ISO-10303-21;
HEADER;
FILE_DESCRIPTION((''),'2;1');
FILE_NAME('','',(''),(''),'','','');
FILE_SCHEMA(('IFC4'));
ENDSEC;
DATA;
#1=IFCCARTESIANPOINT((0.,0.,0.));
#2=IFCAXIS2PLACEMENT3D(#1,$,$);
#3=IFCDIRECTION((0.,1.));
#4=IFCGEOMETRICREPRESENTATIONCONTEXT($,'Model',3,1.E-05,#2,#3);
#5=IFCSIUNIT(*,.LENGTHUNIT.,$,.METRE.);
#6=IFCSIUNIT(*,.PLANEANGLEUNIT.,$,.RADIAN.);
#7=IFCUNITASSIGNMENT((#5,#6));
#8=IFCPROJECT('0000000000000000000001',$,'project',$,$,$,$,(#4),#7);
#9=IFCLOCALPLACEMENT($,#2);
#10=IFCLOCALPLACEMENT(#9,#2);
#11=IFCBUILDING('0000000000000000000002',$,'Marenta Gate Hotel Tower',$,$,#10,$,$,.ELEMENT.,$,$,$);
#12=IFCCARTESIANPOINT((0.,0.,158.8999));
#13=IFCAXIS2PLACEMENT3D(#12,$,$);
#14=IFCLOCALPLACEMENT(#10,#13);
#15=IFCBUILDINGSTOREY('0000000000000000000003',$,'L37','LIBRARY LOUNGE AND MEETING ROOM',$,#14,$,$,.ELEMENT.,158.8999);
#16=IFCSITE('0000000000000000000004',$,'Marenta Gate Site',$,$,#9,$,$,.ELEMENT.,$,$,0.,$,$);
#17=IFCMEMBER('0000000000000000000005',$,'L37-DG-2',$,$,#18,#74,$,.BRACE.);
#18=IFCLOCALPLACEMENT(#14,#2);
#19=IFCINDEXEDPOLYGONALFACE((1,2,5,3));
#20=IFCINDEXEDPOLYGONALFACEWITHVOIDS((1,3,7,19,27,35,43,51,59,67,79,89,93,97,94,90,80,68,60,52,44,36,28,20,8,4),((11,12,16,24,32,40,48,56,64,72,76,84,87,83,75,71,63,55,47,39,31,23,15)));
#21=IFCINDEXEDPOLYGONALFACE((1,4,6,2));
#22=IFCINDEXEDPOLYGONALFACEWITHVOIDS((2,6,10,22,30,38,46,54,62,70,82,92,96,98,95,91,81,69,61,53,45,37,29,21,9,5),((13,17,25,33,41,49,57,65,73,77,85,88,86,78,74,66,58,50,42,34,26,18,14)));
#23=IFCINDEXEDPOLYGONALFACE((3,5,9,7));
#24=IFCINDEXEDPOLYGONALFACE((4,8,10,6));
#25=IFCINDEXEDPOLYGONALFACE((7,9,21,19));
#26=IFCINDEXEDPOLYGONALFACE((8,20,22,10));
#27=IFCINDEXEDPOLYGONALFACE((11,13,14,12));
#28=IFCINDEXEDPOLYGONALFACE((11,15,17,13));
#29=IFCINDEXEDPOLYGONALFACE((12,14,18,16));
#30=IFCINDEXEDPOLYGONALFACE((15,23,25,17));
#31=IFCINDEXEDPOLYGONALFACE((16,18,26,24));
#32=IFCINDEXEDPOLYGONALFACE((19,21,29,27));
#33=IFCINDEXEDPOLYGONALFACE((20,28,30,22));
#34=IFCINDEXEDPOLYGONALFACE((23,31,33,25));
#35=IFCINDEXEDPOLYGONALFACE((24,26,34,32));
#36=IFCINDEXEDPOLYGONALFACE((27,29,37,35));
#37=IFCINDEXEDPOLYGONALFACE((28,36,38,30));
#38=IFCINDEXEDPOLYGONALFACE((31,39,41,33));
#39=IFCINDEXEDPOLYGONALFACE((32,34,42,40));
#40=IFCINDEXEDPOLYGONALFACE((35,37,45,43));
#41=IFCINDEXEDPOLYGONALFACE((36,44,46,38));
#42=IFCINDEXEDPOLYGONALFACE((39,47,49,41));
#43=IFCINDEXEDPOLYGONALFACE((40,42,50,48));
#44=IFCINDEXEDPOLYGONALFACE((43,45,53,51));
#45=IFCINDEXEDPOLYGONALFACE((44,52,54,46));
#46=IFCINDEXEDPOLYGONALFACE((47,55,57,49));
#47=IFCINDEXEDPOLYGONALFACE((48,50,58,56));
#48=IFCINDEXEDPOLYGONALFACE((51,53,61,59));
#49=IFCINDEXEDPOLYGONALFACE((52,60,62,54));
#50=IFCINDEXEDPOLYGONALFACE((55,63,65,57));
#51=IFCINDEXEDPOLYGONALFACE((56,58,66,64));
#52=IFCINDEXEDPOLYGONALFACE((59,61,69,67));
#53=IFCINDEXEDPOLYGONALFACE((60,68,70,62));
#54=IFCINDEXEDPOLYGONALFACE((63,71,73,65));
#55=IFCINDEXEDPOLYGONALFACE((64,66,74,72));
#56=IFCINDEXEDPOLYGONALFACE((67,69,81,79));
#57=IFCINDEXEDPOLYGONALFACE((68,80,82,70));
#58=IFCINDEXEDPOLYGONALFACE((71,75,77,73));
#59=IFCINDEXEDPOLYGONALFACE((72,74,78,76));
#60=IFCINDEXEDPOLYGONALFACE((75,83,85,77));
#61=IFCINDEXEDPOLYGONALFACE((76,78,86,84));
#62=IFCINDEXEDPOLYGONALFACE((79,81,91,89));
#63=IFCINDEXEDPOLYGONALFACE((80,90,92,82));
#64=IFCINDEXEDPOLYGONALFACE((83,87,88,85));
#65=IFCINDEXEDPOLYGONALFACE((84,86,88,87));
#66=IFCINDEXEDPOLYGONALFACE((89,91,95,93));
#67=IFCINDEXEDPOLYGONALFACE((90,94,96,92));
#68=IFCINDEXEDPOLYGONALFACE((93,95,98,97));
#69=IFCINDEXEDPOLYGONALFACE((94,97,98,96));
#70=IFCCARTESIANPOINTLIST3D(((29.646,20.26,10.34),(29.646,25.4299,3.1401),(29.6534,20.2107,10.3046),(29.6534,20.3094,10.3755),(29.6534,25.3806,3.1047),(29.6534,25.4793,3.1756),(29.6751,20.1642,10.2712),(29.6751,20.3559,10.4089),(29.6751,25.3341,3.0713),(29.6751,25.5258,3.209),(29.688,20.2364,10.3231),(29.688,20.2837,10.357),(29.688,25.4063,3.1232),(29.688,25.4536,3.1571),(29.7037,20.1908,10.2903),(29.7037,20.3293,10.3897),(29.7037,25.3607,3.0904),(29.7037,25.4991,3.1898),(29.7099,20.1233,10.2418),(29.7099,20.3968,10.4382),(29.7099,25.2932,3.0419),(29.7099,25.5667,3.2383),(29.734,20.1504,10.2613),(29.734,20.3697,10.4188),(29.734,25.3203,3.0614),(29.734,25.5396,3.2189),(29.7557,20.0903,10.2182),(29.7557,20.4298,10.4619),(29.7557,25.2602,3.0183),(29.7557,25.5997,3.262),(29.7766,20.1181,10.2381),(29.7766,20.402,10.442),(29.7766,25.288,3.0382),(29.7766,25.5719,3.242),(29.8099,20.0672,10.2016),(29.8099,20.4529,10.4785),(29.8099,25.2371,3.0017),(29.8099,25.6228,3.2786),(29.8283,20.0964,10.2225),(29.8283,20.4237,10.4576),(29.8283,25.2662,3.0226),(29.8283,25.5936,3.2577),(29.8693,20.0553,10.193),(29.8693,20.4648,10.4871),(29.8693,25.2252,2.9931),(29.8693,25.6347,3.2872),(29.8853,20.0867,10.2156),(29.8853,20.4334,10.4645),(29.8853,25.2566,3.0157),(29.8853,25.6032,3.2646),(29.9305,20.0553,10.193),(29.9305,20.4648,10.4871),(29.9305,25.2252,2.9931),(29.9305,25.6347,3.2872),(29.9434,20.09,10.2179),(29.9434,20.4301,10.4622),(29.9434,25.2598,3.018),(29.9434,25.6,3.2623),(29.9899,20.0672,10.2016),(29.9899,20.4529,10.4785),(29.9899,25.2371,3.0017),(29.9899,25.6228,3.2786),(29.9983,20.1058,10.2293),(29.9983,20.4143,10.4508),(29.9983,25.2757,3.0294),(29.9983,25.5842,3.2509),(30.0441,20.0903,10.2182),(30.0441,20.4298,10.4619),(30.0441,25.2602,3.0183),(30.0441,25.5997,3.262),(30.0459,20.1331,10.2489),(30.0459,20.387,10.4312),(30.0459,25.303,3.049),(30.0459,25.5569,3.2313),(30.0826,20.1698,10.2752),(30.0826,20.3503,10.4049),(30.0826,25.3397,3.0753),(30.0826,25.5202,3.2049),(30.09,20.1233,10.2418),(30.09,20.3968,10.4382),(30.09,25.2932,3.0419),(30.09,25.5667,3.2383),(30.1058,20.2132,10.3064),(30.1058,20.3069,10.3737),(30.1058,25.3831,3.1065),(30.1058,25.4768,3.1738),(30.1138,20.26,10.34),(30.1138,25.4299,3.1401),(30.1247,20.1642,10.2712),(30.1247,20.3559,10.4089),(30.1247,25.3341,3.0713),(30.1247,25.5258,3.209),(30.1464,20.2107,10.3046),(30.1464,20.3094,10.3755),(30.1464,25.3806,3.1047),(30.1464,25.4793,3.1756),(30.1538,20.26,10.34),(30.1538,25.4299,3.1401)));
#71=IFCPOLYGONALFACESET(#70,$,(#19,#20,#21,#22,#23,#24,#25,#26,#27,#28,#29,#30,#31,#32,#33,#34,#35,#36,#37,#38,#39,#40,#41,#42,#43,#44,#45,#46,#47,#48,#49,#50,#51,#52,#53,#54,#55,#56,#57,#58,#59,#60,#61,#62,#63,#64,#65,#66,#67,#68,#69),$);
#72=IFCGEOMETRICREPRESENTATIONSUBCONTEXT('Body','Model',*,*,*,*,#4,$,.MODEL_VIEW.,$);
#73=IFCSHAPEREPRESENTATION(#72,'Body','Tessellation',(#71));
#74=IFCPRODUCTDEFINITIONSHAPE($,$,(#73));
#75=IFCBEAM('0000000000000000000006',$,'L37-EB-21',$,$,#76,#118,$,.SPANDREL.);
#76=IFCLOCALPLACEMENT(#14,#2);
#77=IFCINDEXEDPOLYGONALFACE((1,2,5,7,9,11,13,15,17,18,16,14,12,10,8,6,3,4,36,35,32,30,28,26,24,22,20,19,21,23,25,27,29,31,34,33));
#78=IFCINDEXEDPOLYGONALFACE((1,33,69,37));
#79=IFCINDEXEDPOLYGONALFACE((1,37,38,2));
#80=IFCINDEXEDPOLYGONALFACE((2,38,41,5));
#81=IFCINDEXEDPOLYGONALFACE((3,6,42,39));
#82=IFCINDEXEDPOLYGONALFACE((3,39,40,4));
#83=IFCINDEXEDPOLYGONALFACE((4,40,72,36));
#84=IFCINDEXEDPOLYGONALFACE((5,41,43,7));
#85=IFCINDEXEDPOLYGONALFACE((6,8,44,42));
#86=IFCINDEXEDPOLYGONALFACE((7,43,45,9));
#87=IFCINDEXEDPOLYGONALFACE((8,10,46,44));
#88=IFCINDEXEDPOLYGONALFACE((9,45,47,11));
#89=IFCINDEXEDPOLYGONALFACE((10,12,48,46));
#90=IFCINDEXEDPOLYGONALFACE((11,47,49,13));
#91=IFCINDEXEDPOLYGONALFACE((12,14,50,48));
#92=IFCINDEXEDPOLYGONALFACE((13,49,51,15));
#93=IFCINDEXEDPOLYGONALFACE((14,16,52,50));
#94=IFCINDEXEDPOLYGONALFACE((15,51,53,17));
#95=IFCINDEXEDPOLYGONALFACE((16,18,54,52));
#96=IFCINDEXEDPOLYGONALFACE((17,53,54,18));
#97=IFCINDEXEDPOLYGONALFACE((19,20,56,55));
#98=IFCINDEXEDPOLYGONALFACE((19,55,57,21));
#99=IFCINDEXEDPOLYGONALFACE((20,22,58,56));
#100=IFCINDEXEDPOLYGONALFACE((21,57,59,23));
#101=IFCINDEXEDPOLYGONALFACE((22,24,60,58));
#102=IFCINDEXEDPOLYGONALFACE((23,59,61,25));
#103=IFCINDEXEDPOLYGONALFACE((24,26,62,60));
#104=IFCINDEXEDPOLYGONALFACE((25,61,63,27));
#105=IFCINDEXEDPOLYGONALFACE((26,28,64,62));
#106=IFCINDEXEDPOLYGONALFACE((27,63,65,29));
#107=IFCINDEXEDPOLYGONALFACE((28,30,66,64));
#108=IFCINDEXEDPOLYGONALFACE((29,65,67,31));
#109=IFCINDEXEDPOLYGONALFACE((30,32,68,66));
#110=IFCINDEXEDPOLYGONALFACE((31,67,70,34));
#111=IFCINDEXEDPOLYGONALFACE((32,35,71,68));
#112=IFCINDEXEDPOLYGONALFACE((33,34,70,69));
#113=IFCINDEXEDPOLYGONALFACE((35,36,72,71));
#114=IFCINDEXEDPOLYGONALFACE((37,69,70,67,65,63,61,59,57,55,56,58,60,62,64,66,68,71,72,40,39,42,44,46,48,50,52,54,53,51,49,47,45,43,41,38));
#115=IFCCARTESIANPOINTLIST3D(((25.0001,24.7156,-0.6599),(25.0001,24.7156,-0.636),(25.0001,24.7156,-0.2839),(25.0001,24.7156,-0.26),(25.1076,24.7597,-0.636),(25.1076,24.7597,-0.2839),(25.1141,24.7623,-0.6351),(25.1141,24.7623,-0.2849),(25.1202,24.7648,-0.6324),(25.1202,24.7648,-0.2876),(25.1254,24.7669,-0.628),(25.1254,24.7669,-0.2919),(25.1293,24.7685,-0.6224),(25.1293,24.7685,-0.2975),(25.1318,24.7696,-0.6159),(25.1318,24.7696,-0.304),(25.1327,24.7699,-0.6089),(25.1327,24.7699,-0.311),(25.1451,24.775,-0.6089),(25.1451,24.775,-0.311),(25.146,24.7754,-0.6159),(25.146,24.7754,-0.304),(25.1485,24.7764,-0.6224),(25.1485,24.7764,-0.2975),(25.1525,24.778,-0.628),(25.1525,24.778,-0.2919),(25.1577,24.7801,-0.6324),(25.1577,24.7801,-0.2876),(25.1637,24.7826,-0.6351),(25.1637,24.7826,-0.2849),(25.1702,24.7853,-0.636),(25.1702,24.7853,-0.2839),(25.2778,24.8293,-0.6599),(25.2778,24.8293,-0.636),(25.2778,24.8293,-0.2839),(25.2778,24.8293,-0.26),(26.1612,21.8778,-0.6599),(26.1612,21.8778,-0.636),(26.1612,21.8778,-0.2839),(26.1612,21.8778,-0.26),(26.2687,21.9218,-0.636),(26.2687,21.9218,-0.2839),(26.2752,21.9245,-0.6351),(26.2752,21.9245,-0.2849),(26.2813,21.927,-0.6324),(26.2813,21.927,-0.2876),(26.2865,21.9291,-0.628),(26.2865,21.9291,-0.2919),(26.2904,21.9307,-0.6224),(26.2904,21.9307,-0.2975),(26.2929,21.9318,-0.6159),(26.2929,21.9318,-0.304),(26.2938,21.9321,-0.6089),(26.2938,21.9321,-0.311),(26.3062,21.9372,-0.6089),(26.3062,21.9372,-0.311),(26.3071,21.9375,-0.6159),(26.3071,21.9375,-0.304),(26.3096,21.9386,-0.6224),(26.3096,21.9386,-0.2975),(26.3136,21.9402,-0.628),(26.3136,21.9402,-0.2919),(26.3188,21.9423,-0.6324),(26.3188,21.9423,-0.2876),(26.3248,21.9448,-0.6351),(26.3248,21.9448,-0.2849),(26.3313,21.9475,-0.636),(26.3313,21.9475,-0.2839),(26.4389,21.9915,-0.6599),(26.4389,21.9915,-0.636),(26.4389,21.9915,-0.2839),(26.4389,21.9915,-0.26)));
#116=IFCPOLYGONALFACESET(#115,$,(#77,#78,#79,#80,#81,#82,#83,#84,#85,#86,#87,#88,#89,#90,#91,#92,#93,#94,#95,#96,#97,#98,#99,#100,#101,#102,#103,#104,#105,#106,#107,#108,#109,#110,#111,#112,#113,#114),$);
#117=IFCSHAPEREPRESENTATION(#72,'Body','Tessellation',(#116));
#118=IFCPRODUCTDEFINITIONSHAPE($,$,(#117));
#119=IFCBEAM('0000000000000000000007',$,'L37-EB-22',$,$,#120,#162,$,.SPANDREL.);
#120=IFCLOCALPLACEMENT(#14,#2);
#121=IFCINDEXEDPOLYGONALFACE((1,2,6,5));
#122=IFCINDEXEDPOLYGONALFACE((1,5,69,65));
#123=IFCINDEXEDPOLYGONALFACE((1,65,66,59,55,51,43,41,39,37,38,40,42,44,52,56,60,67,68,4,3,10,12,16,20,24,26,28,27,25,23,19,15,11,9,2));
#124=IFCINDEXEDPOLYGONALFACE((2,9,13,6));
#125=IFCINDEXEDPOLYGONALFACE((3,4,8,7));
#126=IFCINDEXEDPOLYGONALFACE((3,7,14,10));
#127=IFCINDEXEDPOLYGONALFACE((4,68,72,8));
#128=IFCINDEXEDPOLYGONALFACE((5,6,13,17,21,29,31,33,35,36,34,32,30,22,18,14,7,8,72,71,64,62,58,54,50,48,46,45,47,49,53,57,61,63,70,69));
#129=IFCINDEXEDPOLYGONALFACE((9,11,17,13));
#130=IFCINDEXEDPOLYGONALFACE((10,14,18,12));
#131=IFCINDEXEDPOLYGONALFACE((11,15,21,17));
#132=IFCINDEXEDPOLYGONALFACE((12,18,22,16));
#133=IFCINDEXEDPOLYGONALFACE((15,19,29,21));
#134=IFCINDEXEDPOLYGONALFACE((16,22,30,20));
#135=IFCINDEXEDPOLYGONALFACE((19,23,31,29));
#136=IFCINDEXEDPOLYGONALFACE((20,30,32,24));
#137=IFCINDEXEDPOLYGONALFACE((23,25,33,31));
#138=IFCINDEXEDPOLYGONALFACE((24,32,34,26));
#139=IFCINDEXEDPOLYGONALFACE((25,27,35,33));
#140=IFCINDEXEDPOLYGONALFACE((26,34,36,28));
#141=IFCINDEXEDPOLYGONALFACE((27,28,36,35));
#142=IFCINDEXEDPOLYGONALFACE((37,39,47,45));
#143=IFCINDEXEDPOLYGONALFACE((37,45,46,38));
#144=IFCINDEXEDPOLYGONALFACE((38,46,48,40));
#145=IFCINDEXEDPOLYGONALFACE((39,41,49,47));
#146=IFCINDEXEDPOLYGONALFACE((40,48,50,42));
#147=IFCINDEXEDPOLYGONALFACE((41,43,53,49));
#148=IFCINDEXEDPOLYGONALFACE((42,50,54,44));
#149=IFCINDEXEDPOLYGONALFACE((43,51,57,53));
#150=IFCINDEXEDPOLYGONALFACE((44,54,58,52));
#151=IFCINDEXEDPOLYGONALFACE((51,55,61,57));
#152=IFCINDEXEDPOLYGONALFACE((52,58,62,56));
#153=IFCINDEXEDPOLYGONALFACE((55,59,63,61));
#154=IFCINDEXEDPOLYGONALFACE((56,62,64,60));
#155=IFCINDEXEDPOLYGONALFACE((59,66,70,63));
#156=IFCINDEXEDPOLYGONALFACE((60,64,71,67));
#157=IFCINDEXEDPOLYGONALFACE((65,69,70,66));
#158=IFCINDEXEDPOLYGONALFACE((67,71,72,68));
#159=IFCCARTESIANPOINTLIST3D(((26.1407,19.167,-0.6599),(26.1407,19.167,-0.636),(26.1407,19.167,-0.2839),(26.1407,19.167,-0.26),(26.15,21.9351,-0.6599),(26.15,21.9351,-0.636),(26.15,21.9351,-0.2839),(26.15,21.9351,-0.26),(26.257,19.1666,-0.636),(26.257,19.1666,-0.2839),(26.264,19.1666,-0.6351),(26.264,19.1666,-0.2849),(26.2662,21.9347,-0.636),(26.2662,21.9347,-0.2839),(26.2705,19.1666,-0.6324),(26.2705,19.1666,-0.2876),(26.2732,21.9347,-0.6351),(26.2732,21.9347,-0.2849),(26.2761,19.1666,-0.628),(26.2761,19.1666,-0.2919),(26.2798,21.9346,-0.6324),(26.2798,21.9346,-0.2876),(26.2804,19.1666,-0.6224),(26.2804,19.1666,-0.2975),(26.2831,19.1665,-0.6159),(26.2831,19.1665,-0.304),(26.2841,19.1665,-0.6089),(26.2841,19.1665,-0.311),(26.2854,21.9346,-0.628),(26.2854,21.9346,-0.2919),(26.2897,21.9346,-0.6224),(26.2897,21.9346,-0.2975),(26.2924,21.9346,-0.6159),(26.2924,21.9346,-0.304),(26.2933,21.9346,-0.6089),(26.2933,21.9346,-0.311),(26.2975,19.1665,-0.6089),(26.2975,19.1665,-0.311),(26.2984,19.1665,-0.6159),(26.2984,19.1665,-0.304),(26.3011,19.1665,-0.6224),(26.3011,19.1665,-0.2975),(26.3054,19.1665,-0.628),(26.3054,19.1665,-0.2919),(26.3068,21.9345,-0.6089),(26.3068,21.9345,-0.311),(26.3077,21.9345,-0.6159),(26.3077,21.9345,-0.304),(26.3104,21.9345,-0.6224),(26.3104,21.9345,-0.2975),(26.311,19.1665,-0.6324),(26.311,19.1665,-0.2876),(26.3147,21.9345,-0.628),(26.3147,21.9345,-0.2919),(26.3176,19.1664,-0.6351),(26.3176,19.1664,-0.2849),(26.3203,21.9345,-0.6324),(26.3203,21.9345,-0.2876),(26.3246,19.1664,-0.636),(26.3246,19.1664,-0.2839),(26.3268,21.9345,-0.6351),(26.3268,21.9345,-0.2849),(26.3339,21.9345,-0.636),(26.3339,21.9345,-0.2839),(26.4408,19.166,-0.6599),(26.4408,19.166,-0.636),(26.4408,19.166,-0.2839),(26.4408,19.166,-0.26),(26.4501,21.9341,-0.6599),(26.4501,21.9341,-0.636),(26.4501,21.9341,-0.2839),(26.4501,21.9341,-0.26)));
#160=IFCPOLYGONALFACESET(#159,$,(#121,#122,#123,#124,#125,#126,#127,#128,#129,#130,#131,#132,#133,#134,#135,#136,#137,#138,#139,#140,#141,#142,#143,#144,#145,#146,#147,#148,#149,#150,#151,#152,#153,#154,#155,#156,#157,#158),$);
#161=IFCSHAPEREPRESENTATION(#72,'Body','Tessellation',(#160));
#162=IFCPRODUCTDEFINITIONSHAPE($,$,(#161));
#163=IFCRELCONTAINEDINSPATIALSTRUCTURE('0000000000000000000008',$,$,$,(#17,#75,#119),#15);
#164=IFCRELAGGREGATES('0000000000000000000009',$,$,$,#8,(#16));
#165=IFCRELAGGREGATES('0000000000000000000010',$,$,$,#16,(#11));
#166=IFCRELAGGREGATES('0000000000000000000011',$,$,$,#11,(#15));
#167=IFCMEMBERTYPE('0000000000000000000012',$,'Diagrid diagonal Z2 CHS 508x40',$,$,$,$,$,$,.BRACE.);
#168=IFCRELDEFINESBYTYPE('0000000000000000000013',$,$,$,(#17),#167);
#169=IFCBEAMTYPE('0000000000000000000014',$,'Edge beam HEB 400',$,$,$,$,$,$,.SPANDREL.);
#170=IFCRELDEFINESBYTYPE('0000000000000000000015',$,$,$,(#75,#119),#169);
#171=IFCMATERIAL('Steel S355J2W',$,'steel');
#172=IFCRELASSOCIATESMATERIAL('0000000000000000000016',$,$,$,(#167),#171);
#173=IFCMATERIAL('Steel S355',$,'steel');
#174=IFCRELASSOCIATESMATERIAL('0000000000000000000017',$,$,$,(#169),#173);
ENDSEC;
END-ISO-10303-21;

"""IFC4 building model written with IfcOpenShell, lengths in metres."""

from ifc_helpers import new_model, si_unit, direction, frame, origin, origin_2d, place, context, subcontext, project, spatial, hollow_circle, i_section, extrude, material, material_profile, profile_set, type_object, element, save


model = new_model("IFC4")

# Units and contexts
model_context = context("Model", 3, precision=1e-05, world=origin(), true_north=direction((0.0, 1.0)))
body_context = subcontext(model_context, "Body", "Model", "MODEL_VIEW")
ifc_project = project(units=[si_unit("LENGTHUNIT", "METRE"), si_unit("PLANEANGLEUNIT", "RADIAN")], contexts=[model_context])

# Site, building, storey
site_placement = place(None, origin())
site = spatial("IfcSite", under=ifc_project, at=site_placement, Name="Marenta Gate Site", CompositionType="ELEMENT", RefElevation=0.0)
building_placement = place(site_placement, origin())
building = spatial("IfcBuilding", under=site, at=building_placement, Name="Marenta Gate Hotel Tower", CompositionType="ELEMENT")
storey_placement = place(building_placement, frame((0.0, 0.0, 158.8999)))
storey = spatial("IfcBuildingStorey", under=building, at=storey_placement, Name="L37", Description="LIBRARY LOUNGE AND MEETING ROOM", CompositionType="ELEMENT", Elevation=158.8999)

# Member
ifc_material_1 = material(Name="Steel S355J2W", Category="steel")
ifc_material_profile_1 = material_profile(ifc_material_1, hollow_circle(Radius=0.2539, WallThickness=0.04, at=origin_2d()), Name="CHS 508x40")
ifc_profile_set_1 = profile_set([ifc_material_profile_1], Name="Steel S355J2W")
member_type_1 = type_object("IfcMemberType", Name="Diagrid diagonal Z2 CHS 508x40", PredefinedType="BRACE", material=ifc_profile_set_1)
member_1_placement = place(storey_placement, frame((29.8999, 25.4299, 3.1401), z_axis=(0.0, -0.583261, 0.812285), x_axis=(1.0, 0.0, 0.0)))
element("IfcMember", 1, at=member_1_placement, inside=storey, type_object=member_type_1, Name="L37-DG-2", PredefinedType="BRACE", context=body_context, shape_type="SweptSolid", body=[
    extrude(hollow_circle(Radius=0.2539, WallThickness=0.04, at=origin_2d()), origin(), (0.0, 0.0, 1.0), 8.8638),
])

# Beams
ifc_material_2 = material(Name="Steel S355", Category="steel")
ifc_material_profile_2 = material_profile(ifc_material_2, i_section(OverallWidth=0.3, OverallDepth=0.3999, WebThickness=0.0134, FlangeThickness=0.0239, FilletRadius=0.0271, at=origin_2d()), Name="HEB 400")
ifc_profile_set_2 = profile_set([ifc_material_profile_2], Name="Steel S355")
beam_type = type_object("IfcBeamType", Name="Edge beam HEB 400", PredefinedType="SPANDREL", material=ifc_profile_set_2)
beam_1_placement = place(storey_placement, frame((25.1389, 24.7725, -0.46), z_axis=(0.378682, -0.925527, 0.0), x_axis=(0.925527, 0.378682, 0.0)))
element("IfcBeam", 2, at=beam_1_placement, inside=storey, type_object=beam_type, Name="L37-EB-21", PredefinedType="SPANDREL", context=body_context, shape_type="SweptSolid", body=[
    extrude(i_section(OverallWidth=0.3, OverallDepth=0.3999, WebThickness=0.0134, FlangeThickness=0.0239, FilletRadius=0.0271, at=origin_2d()), origin(), (0.0, 0.0, 1.0), 3.0662),
])
beam_2_placement = place(storey_placement, frame((26.3, 21.9346, -0.46), z_axis=(-0.003352, -0.999994, 0.0), x_axis=(0.999994, -0.003352, 0.0)))
element("IfcBeam", 3, at=beam_2_placement, inside=storey, type_object=beam_type, Name="L37-EB-22", PredefinedType="SPANDREL", context=body_context, shape_type="SweptSolid", body=[
    extrude(i_section(OverallWidth=0.3, OverallDepth=0.3999, WebThickness=0.0134, FlangeThickness=0.0239, FilletRadius=0.0271, at=origin_2d()), origin(), (0.0, 0.0, 1.0), 2.7681),
])

save(model, "model.ifc")
